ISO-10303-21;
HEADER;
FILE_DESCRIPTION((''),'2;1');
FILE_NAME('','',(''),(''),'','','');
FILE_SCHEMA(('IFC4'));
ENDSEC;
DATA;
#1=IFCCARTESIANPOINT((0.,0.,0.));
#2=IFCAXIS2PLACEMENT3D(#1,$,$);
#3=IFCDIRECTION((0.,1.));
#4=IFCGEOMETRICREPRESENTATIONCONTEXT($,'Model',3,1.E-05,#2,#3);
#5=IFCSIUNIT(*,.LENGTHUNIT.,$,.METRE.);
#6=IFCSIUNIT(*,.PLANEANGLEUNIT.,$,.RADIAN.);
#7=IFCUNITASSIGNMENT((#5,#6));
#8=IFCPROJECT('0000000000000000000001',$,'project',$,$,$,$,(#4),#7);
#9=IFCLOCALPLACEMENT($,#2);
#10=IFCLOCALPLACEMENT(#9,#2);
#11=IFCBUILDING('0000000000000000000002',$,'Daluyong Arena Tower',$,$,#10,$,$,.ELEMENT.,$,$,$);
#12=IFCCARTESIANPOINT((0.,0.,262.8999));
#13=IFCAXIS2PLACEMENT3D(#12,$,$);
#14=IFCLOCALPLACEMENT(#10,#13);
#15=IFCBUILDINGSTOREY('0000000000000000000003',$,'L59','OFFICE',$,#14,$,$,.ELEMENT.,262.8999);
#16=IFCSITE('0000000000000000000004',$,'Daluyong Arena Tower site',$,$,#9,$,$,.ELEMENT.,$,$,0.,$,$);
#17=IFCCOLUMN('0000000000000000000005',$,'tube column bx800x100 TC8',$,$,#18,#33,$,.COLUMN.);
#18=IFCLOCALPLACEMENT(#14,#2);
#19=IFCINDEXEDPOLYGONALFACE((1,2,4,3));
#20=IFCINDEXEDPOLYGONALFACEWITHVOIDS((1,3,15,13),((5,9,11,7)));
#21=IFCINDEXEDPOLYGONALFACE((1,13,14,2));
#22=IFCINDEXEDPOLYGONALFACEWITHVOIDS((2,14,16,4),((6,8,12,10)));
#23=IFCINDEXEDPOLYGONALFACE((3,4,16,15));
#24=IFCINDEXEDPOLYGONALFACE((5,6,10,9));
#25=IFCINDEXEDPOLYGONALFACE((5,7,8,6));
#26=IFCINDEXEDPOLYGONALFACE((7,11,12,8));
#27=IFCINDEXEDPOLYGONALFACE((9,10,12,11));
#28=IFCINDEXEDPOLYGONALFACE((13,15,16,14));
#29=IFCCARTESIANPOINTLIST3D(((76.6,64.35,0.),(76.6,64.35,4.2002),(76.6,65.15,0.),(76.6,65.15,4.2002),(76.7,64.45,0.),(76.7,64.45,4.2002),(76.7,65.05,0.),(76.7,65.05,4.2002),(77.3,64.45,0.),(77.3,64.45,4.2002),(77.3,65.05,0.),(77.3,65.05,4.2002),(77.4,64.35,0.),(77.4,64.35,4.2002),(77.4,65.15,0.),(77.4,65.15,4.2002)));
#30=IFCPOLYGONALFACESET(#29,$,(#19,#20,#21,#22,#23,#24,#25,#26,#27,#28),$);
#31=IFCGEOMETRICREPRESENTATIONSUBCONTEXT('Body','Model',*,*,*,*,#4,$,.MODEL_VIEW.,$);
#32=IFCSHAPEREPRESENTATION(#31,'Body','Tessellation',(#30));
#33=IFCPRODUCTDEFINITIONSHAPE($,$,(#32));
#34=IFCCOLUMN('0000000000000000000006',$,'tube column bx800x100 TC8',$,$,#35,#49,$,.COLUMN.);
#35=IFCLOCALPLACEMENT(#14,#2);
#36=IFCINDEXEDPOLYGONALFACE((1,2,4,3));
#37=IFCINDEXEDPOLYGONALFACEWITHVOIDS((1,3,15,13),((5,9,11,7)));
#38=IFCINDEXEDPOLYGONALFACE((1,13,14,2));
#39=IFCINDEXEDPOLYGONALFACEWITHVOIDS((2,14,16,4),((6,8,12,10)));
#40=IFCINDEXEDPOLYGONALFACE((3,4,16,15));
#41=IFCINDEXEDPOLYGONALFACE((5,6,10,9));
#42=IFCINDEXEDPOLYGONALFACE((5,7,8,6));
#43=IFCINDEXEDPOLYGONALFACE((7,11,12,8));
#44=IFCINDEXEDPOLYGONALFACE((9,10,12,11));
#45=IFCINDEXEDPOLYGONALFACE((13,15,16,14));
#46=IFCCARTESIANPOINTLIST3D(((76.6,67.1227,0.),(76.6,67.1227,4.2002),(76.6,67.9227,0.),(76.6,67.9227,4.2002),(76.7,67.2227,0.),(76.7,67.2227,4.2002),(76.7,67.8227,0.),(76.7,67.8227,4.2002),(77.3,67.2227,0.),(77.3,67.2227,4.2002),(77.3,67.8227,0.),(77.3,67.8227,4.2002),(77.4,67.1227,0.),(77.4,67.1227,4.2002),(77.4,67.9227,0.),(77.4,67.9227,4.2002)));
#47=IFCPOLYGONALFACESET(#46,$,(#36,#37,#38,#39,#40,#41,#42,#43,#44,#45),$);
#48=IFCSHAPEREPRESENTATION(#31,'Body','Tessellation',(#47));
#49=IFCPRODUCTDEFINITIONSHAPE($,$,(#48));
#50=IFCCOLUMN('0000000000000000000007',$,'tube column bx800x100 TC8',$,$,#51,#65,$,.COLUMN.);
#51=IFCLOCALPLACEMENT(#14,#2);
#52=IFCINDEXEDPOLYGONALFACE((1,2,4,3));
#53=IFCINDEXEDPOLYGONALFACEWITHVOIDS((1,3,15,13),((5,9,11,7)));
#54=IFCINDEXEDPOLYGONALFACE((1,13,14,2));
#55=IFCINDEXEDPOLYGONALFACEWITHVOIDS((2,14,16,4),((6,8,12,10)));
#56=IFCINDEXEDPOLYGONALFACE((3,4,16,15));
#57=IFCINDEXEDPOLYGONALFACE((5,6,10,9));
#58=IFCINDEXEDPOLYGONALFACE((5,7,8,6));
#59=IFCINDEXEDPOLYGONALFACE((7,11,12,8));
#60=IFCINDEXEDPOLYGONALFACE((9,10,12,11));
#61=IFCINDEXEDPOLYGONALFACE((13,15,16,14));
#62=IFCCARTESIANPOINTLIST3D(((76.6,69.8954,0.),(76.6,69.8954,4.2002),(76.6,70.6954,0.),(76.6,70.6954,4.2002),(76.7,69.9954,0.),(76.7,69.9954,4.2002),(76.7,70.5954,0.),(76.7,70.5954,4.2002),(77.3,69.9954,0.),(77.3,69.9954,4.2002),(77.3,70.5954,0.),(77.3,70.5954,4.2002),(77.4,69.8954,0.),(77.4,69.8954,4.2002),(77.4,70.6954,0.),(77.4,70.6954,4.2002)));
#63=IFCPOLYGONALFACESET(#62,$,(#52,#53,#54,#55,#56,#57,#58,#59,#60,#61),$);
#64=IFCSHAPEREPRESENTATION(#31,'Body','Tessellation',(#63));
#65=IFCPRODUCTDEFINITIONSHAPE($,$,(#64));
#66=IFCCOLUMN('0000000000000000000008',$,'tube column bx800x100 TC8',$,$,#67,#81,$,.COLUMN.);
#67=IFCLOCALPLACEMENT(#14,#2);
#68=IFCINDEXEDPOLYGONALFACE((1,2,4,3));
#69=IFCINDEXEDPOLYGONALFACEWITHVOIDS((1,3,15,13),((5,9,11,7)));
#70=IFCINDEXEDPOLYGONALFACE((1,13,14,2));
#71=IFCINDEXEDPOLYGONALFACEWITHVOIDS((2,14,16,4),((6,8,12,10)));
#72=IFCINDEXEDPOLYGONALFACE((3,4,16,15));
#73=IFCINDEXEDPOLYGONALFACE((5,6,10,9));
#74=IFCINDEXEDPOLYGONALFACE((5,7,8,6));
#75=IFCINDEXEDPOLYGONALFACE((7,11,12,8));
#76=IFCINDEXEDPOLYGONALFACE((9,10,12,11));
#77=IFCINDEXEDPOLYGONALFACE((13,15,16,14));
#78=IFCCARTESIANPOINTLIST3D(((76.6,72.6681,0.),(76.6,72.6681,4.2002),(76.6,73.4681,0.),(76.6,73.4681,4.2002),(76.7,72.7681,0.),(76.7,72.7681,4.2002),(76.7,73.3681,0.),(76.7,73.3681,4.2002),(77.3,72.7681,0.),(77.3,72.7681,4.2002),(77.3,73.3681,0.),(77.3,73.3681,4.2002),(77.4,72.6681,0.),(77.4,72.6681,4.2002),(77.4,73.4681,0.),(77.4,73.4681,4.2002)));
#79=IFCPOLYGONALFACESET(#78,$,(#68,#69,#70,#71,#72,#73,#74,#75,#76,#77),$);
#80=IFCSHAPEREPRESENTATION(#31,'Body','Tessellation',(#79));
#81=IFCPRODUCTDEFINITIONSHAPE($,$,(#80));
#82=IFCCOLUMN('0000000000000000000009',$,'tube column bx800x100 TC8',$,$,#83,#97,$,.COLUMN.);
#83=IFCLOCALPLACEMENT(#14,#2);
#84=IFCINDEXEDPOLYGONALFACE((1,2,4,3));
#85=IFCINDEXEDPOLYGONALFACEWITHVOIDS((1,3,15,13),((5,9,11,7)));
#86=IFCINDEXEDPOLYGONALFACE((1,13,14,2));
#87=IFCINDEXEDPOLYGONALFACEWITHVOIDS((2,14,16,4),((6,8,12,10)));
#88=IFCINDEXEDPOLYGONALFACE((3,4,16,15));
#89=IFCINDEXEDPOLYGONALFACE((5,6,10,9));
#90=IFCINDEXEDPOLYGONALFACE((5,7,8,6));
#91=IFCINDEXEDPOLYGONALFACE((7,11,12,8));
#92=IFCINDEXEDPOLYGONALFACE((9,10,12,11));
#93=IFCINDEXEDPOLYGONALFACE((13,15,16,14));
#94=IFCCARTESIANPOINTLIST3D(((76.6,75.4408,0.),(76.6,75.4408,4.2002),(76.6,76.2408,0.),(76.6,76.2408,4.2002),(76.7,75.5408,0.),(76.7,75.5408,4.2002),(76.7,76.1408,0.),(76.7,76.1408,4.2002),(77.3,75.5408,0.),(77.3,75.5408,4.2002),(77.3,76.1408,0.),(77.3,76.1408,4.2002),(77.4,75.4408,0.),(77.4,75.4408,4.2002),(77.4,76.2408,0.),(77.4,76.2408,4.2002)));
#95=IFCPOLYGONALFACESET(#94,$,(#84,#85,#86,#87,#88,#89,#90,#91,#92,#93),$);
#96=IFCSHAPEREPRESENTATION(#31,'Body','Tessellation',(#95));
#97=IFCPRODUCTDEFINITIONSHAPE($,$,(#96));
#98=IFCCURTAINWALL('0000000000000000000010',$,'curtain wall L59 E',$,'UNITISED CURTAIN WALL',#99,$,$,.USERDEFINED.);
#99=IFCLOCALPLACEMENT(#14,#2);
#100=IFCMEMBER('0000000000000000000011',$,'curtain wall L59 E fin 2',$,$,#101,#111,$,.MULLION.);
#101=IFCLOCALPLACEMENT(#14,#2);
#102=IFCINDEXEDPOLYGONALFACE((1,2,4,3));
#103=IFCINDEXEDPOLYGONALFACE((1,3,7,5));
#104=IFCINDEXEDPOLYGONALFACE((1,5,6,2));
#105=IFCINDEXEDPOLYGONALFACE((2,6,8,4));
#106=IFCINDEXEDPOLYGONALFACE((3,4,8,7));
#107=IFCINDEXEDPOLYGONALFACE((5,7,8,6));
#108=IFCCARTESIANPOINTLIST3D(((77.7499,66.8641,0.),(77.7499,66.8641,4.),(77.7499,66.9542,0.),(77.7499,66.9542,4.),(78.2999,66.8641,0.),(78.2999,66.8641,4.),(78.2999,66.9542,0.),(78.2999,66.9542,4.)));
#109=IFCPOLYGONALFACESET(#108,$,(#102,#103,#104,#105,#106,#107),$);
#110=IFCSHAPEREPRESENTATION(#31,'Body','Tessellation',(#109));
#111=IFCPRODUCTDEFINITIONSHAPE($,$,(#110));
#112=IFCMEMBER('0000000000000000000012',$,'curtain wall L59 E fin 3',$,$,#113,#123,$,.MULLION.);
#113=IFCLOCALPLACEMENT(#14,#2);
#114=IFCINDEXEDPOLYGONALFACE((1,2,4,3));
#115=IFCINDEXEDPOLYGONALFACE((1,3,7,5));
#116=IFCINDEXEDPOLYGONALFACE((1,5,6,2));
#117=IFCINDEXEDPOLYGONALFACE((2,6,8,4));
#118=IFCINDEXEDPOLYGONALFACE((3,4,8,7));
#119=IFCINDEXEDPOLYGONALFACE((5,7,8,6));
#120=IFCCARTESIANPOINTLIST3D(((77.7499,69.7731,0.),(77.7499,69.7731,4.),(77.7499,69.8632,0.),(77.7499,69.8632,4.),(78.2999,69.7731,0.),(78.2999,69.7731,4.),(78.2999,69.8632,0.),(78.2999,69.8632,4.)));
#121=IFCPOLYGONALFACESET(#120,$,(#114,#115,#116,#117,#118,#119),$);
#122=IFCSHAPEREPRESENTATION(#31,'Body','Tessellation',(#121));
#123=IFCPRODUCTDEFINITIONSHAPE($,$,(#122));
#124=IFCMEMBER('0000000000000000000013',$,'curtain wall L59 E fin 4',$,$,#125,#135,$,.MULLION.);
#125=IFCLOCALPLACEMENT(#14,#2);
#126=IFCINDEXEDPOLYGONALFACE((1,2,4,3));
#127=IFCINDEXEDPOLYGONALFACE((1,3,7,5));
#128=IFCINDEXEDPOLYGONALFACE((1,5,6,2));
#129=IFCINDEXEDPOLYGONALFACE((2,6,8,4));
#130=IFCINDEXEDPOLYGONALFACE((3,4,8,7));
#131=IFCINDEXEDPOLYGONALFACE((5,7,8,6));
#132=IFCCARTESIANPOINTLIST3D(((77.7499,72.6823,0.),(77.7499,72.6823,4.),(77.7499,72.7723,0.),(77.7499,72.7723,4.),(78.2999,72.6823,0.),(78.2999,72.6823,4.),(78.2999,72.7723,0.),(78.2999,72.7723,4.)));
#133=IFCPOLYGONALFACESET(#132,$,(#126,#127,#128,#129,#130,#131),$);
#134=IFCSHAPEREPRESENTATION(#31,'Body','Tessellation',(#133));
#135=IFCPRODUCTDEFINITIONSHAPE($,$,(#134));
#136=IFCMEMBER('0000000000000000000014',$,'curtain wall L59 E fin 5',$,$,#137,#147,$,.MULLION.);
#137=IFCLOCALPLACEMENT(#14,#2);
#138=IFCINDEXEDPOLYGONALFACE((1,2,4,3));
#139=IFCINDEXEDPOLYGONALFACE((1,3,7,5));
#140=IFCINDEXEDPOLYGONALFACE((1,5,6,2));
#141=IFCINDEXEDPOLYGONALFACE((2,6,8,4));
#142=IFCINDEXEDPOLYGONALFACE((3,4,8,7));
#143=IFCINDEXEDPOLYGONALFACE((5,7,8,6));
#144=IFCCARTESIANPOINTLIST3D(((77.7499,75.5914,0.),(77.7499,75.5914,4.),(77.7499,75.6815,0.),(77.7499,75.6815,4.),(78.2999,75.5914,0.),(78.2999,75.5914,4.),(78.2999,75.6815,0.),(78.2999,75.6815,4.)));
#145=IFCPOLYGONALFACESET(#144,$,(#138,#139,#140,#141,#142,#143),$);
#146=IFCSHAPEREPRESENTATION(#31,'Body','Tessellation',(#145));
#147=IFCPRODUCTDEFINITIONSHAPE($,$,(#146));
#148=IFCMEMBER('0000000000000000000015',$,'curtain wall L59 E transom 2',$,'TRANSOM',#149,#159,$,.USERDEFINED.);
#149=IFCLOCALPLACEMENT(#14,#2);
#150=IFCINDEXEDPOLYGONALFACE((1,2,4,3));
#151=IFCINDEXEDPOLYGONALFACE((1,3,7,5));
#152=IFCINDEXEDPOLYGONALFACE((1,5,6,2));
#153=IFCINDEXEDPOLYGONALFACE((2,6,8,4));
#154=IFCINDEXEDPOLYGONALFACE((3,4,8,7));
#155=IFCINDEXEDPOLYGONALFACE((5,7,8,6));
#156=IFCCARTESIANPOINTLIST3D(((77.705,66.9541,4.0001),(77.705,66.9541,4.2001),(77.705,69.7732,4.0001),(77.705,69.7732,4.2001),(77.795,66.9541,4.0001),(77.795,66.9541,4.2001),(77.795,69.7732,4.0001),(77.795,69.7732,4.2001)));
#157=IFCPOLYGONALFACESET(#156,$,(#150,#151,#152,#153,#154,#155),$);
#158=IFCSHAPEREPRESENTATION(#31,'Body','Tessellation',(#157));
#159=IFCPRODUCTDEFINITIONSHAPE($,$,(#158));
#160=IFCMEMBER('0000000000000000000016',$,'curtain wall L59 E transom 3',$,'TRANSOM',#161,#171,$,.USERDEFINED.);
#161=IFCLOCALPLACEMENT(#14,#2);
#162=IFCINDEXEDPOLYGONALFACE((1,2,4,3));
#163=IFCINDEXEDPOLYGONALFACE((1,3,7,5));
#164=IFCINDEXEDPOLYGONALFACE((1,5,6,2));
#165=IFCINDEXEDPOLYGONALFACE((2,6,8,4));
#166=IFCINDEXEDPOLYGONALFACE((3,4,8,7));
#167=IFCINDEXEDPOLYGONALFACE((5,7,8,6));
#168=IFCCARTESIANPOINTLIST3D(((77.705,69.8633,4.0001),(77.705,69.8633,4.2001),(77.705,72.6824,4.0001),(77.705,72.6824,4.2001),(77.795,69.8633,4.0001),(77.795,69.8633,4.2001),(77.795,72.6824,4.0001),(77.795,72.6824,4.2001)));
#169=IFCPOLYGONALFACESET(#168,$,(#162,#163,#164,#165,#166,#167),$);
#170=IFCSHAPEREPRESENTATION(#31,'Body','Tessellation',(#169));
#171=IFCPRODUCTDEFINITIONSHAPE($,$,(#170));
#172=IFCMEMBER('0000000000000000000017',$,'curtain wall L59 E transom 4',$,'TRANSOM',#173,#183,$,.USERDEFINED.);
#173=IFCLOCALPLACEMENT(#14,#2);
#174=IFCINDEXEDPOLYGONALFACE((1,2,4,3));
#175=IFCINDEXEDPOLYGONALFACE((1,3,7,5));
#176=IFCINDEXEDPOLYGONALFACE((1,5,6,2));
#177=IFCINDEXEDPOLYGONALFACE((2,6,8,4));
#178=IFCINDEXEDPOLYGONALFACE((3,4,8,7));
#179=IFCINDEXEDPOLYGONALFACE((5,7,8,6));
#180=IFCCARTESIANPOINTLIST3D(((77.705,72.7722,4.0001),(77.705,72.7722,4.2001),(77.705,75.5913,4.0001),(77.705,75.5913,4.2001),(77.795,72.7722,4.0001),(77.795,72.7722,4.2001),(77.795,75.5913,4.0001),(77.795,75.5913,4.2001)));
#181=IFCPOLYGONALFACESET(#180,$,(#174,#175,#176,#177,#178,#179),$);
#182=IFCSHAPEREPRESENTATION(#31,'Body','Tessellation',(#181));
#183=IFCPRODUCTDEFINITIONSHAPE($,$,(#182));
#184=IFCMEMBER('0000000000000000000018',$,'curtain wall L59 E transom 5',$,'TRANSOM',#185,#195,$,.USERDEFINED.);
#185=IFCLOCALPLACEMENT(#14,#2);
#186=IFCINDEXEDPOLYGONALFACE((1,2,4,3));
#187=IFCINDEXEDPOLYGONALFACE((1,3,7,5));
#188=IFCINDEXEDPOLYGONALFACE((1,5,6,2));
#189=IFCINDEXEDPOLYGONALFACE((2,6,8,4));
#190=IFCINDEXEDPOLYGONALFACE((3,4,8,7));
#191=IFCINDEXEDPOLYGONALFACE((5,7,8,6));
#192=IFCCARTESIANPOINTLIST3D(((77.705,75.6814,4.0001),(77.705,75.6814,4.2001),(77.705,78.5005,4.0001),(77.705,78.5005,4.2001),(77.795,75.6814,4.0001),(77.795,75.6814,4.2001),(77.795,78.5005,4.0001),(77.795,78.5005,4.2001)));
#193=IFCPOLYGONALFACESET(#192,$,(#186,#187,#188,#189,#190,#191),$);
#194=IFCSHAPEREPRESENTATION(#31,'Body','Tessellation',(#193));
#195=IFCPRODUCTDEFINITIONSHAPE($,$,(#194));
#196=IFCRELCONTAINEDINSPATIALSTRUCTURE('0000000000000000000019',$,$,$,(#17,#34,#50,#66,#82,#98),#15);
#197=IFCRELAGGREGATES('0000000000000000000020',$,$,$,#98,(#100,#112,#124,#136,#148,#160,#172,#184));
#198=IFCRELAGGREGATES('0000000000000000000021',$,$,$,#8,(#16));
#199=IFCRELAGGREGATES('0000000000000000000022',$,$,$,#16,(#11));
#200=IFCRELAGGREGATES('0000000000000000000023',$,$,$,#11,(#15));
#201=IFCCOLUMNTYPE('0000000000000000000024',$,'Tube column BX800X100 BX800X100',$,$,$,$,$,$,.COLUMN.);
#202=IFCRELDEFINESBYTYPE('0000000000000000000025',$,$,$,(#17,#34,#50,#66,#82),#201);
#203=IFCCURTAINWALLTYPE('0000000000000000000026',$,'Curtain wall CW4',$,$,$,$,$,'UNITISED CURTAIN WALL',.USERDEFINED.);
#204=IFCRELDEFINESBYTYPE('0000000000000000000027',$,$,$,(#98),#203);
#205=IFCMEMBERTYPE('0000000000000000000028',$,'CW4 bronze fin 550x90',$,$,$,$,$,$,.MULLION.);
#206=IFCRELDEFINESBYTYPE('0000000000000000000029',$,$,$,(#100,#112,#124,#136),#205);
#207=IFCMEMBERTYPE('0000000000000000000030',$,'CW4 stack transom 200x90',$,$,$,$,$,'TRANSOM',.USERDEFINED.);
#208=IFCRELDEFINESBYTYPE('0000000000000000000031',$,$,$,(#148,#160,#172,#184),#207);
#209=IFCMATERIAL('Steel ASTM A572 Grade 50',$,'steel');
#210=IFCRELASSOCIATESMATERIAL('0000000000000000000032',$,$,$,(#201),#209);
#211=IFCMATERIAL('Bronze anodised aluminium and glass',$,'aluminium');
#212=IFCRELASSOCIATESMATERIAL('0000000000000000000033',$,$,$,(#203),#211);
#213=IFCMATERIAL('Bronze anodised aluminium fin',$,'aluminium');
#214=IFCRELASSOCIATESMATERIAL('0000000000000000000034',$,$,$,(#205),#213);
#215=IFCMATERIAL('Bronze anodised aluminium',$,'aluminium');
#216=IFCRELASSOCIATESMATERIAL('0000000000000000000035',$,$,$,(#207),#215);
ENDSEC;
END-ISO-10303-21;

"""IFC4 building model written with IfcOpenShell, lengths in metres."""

from ifc_helpers import new_model, si_unit, direction, frame, origin, origin_2d, place, context, subcontext, project, spatial, rectangle, hollow_rectangle, extrude, material, material_profile, profile_set, type_object, element, aggregate, save


model = new_model("IFC4")

# Units and contexts
model_context = context("Model", 3, precision=1e-05, world=origin(), true_north=direction((0.0, 1.0)))
body_context = subcontext(model_context, "Body", "Model", "MODEL_VIEW")
ifc_project = project(units=[si_unit("LENGTHUNIT", "METRE"), si_unit("PLANEANGLEUNIT", "RADIAN")], contexts=[model_context])

# Site, building, storey
site_placement = place(None, origin())
site = spatial("IfcSite", under=ifc_project, at=site_placement, Name="Daluyong Arena Tower site", CompositionType="ELEMENT", RefElevation=0.0)
building_placement = place(site_placement, origin())
building = spatial("IfcBuilding", under=site, at=building_placement, Name="Daluyong Arena Tower", CompositionType="ELEMENT")
storey_placement = place(building_placement, frame((0.0, 0.0, 262.8999)))
storey = spatial("IfcBuildingStorey", under=building, at=storey_placement, Name="L59", Description="OFFICE", CompositionType="ELEMENT", Elevation=262.8999)

# Columns
ifc_material_1 = material(Name="Steel ASTM A572 Grade 50", Category="steel")
ifc_material_profile_1 = material_profile(ifc_material_1, hollow_rectangle(XDim=0.8, YDim=0.8, WallThickness=0.1, at=origin_2d()))
ifc_profile_set_1 = profile_set([ifc_material_profile_1], Name="Steel ASTM A572 Grade 50")
column_type = type_object("IfcColumnType", Name="Tube column BX800X100 BX800X100", PredefinedType="COLUMN", material=ifc_profile_set_1)
for number, where, z_axis, x_axis, name in (
    (1, (77.0, 64.75, 0.0), (0.0, 0.0, 1.0), (0.0, 1.0, 0.0), "tube column bx800x100 TC8"),
    (2, (77.0, 67.5227, 0.0), (0.0, 0.0, 1.0), (0.0, 1.0, 0.0), "tube column bx800x100 TC8"),
    (3, (77.0, 70.2954, 0.0), (0.0, 0.0, 1.0), (0.0, 1.0, 0.0), "tube column bx800x100 TC8"),
    (4, (77.0, 73.0681, 0.0), (0.0, 0.0, 1.0), (0.0, 1.0, 0.0), "tube column bx800x100 TC8"),
    (5, (77.0, 75.8408, 0.0), (0.0, 0.0, 1.0), (0.0, 1.0, 0.0), "tube column bx800x100 TC8"),
):
    element("IfcColumn", number, at=place(storey_placement, frame(where, z_axis=z_axis, x_axis=x_axis)), inside=storey, type_object=column_type, Name=name, PredefinedType="COLUMN", context=body_context, shape_type="SweptSolid", body=[
        extrude(hollow_rectangle(XDim=0.8, YDim=0.8, WallThickness=0.1, at=origin_2d()), origin(), (0.0, 0.0, 1.0), 4.2002),
    ])

# Curtain wall, members
ifc_material_2 = material(Name="Bronze anodised aluminium and glass", Category="aluminium")
curtain_wall_type = type_object("IfcCurtainWallType", Name="Curtain wall CW4", ElementType="UNITISED CURTAIN WALL", PredefinedType="USERDEFINED", material=ifc_material_2)
curtain_wall_placement = place(storey_placement, origin())
curtain_wall = element("IfcCurtainWall", 6, at=curtain_wall_placement, inside=storey, type_object=curtain_wall_type, Name="curtain wall L59 E", ObjectType="UNITISED CURTAIN WALL", PredefinedType="USERDEFINED")
ifc_material_3 = material(Name="Bronze anodised aluminium fin", Category="aluminium")
ifc_material_profile_2 = material_profile(ifc_material_3, rectangle(XDim=0.55, YDim=0.0901, at=origin_2d()))
ifc_profile_set_2 = profile_set([ifc_material_profile_2], Name="Bronze anodised aluminium fin")
member_type_1 = type_object("IfcMemberType", Name="CW4 bronze fin 550x90", PredefinedType="MULLION", material=ifc_profile_set_2)
member_1_placement = place(storey_placement, frame((78.0249, 66.9092, 0.0), z_axis=(0.0, 0.0, 1.0), x_axis=(-1.0, 0.0, 0.0)))
member_1 = element("IfcMember", 7, at=member_1_placement, type_object=member_type_1, Name="curtain wall L59 E fin 2", PredefinedType="MULLION", context=body_context, shape_type="SweptSolid", body=[
    extrude(rectangle(XDim=0.55, YDim=0.0901, at=origin_2d()), origin(), (0.0, 0.0, 1.0), 4.0),
])
member_2_placement = place(storey_placement, frame((78.0249, 69.8181, 0.0), z_axis=(0.0, 0.0, 1.0), x_axis=(-1.0, 0.0, 0.0)))
member_2 = element("IfcMember", 8, at=member_2_placement, type_object=member_type_1, Name="curtain wall L59 E fin 3", PredefinedType="MULLION", context=body_context, shape_type="SweptSolid", body=[
    extrude(rectangle(XDim=0.55, YDim=0.0901, at=origin_2d()), origin(), (0.0, 0.0, 1.0), 4.0),
])
member_3_placement = place(storey_placement, frame((78.0249, 72.7273, 0.0), z_axis=(0.0, 0.0, 1.0), x_axis=(-1.0, 0.0, 0.0)))
member_3 = element("IfcMember", 9, at=member_3_placement, type_object=member_type_1, Name="curtain wall L59 E fin 4", PredefinedType="MULLION", context=body_context, shape_type="SweptSolid", body=[
    extrude(rectangle(XDim=0.55, YDim=0.0901, at=origin_2d()), origin(), (0.0, 0.0, 1.0), 4.0),
])
member_4_placement = place(storey_placement, frame((78.0249, 75.6365, 0.0), z_axis=(0.0, 0.0, 1.0), x_axis=(-1.0, 0.0, 0.0)))
member_4 = element("IfcMember", 10, at=member_4_placement, type_object=member_type_1, Name="curtain wall L59 E fin 5", PredefinedType="MULLION", context=body_context, shape_type="SweptSolid", body=[
    extrude(rectangle(XDim=0.55, YDim=0.0901, at=origin_2d()), origin(), (0.0, 0.0, 1.0), 4.0),
])
ifc_material_4 = material(Name="Bronze anodised aluminium", Category="aluminium")
ifc_material_profile_3 = material_profile(ifc_material_4, rectangle(XDim=0.0901, YDim=0.2, at=origin_2d()))
ifc_profile_set_3 = profile_set([ifc_material_profile_3], Name="Bronze anodised aluminium")
member_type_2 = type_object("IfcMemberType", Name="CW4 stack transom 200x90", ElementType="TRANSOM", PredefinedType="USERDEFINED", material=ifc_profile_set_3)
member_5_placement = place(storey_placement, frame((77.75, 66.9541, 4.1001), z_axis=(0.0, 1.0, 0.0), x_axis=(-1.0, 0.0, 0.0)))
member_5 = element("IfcMember", 11, at=member_5_placement, type_object=member_type_2, Name="curtain wall L59 E transom 2", ObjectType="TRANSOM", PredefinedType="USERDEFINED", context=body_context, shape_type="SweptSolid", body=[
    extrude(rectangle(XDim=0.0901, YDim=0.2, at=origin_2d()), origin(), (0.0, 0.0, 1.0), 2.8191),
])
member_6_placement = place(storey_placement, frame((77.75, 69.8633, 4.1001), z_axis=(0.0, 1.0, 0.0), x_axis=(-1.0, 0.0, 0.0)))
member_6 = element("IfcMember", 12, at=member_6_placement, type_object=member_type_2, Name="curtain wall L59 E transom 3", ObjectType="TRANSOM", PredefinedType="USERDEFINED", context=body_context, shape_type="SweptSolid", body=[
    extrude(rectangle(XDim=0.0901, YDim=0.2, at=origin_2d()), origin(), (0.0, 0.0, 1.0), 2.8191),
])
member_7_placement = place(storey_placement, frame((77.75, 72.7722, 4.1001), z_axis=(0.0, 1.0, 0.0), x_axis=(-1.0, 0.0, 0.0)))
member_7 = element("IfcMember", 13, at=member_7_placement, type_object=member_type_2, Name="curtain wall L59 E transom 4", ObjectType="TRANSOM", PredefinedType="USERDEFINED", context=body_context, shape_type="SweptSolid", body=[
    extrude(rectangle(XDim=0.0901, YDim=0.2, at=origin_2d()), origin(), (0.0, 0.0, 1.0), 2.8191),
])
member_8_placement = place(storey_placement, frame((77.75, 75.6814, 4.1001), z_axis=(0.0, 1.0, 0.0), x_axis=(-1.0, 0.0, 0.0)))
member_8 = element("IfcMember", 14, at=member_8_placement, type_object=member_type_2, Name="curtain wall L59 E transom 5", ObjectType="TRANSOM", PredefinedType="USERDEFINED", context=body_context, shape_type="SweptSolid", body=[
    extrude(rectangle(XDim=0.0901, YDim=0.2, at=origin_2d()), origin(), (0.0, 0.0, 1.0), 2.8191),
])

aggregate(curtain_wall, [member_1, member_2, member_3, member_4, member_5, member_6, member_7, member_8])

save(model, "model.ifc")
